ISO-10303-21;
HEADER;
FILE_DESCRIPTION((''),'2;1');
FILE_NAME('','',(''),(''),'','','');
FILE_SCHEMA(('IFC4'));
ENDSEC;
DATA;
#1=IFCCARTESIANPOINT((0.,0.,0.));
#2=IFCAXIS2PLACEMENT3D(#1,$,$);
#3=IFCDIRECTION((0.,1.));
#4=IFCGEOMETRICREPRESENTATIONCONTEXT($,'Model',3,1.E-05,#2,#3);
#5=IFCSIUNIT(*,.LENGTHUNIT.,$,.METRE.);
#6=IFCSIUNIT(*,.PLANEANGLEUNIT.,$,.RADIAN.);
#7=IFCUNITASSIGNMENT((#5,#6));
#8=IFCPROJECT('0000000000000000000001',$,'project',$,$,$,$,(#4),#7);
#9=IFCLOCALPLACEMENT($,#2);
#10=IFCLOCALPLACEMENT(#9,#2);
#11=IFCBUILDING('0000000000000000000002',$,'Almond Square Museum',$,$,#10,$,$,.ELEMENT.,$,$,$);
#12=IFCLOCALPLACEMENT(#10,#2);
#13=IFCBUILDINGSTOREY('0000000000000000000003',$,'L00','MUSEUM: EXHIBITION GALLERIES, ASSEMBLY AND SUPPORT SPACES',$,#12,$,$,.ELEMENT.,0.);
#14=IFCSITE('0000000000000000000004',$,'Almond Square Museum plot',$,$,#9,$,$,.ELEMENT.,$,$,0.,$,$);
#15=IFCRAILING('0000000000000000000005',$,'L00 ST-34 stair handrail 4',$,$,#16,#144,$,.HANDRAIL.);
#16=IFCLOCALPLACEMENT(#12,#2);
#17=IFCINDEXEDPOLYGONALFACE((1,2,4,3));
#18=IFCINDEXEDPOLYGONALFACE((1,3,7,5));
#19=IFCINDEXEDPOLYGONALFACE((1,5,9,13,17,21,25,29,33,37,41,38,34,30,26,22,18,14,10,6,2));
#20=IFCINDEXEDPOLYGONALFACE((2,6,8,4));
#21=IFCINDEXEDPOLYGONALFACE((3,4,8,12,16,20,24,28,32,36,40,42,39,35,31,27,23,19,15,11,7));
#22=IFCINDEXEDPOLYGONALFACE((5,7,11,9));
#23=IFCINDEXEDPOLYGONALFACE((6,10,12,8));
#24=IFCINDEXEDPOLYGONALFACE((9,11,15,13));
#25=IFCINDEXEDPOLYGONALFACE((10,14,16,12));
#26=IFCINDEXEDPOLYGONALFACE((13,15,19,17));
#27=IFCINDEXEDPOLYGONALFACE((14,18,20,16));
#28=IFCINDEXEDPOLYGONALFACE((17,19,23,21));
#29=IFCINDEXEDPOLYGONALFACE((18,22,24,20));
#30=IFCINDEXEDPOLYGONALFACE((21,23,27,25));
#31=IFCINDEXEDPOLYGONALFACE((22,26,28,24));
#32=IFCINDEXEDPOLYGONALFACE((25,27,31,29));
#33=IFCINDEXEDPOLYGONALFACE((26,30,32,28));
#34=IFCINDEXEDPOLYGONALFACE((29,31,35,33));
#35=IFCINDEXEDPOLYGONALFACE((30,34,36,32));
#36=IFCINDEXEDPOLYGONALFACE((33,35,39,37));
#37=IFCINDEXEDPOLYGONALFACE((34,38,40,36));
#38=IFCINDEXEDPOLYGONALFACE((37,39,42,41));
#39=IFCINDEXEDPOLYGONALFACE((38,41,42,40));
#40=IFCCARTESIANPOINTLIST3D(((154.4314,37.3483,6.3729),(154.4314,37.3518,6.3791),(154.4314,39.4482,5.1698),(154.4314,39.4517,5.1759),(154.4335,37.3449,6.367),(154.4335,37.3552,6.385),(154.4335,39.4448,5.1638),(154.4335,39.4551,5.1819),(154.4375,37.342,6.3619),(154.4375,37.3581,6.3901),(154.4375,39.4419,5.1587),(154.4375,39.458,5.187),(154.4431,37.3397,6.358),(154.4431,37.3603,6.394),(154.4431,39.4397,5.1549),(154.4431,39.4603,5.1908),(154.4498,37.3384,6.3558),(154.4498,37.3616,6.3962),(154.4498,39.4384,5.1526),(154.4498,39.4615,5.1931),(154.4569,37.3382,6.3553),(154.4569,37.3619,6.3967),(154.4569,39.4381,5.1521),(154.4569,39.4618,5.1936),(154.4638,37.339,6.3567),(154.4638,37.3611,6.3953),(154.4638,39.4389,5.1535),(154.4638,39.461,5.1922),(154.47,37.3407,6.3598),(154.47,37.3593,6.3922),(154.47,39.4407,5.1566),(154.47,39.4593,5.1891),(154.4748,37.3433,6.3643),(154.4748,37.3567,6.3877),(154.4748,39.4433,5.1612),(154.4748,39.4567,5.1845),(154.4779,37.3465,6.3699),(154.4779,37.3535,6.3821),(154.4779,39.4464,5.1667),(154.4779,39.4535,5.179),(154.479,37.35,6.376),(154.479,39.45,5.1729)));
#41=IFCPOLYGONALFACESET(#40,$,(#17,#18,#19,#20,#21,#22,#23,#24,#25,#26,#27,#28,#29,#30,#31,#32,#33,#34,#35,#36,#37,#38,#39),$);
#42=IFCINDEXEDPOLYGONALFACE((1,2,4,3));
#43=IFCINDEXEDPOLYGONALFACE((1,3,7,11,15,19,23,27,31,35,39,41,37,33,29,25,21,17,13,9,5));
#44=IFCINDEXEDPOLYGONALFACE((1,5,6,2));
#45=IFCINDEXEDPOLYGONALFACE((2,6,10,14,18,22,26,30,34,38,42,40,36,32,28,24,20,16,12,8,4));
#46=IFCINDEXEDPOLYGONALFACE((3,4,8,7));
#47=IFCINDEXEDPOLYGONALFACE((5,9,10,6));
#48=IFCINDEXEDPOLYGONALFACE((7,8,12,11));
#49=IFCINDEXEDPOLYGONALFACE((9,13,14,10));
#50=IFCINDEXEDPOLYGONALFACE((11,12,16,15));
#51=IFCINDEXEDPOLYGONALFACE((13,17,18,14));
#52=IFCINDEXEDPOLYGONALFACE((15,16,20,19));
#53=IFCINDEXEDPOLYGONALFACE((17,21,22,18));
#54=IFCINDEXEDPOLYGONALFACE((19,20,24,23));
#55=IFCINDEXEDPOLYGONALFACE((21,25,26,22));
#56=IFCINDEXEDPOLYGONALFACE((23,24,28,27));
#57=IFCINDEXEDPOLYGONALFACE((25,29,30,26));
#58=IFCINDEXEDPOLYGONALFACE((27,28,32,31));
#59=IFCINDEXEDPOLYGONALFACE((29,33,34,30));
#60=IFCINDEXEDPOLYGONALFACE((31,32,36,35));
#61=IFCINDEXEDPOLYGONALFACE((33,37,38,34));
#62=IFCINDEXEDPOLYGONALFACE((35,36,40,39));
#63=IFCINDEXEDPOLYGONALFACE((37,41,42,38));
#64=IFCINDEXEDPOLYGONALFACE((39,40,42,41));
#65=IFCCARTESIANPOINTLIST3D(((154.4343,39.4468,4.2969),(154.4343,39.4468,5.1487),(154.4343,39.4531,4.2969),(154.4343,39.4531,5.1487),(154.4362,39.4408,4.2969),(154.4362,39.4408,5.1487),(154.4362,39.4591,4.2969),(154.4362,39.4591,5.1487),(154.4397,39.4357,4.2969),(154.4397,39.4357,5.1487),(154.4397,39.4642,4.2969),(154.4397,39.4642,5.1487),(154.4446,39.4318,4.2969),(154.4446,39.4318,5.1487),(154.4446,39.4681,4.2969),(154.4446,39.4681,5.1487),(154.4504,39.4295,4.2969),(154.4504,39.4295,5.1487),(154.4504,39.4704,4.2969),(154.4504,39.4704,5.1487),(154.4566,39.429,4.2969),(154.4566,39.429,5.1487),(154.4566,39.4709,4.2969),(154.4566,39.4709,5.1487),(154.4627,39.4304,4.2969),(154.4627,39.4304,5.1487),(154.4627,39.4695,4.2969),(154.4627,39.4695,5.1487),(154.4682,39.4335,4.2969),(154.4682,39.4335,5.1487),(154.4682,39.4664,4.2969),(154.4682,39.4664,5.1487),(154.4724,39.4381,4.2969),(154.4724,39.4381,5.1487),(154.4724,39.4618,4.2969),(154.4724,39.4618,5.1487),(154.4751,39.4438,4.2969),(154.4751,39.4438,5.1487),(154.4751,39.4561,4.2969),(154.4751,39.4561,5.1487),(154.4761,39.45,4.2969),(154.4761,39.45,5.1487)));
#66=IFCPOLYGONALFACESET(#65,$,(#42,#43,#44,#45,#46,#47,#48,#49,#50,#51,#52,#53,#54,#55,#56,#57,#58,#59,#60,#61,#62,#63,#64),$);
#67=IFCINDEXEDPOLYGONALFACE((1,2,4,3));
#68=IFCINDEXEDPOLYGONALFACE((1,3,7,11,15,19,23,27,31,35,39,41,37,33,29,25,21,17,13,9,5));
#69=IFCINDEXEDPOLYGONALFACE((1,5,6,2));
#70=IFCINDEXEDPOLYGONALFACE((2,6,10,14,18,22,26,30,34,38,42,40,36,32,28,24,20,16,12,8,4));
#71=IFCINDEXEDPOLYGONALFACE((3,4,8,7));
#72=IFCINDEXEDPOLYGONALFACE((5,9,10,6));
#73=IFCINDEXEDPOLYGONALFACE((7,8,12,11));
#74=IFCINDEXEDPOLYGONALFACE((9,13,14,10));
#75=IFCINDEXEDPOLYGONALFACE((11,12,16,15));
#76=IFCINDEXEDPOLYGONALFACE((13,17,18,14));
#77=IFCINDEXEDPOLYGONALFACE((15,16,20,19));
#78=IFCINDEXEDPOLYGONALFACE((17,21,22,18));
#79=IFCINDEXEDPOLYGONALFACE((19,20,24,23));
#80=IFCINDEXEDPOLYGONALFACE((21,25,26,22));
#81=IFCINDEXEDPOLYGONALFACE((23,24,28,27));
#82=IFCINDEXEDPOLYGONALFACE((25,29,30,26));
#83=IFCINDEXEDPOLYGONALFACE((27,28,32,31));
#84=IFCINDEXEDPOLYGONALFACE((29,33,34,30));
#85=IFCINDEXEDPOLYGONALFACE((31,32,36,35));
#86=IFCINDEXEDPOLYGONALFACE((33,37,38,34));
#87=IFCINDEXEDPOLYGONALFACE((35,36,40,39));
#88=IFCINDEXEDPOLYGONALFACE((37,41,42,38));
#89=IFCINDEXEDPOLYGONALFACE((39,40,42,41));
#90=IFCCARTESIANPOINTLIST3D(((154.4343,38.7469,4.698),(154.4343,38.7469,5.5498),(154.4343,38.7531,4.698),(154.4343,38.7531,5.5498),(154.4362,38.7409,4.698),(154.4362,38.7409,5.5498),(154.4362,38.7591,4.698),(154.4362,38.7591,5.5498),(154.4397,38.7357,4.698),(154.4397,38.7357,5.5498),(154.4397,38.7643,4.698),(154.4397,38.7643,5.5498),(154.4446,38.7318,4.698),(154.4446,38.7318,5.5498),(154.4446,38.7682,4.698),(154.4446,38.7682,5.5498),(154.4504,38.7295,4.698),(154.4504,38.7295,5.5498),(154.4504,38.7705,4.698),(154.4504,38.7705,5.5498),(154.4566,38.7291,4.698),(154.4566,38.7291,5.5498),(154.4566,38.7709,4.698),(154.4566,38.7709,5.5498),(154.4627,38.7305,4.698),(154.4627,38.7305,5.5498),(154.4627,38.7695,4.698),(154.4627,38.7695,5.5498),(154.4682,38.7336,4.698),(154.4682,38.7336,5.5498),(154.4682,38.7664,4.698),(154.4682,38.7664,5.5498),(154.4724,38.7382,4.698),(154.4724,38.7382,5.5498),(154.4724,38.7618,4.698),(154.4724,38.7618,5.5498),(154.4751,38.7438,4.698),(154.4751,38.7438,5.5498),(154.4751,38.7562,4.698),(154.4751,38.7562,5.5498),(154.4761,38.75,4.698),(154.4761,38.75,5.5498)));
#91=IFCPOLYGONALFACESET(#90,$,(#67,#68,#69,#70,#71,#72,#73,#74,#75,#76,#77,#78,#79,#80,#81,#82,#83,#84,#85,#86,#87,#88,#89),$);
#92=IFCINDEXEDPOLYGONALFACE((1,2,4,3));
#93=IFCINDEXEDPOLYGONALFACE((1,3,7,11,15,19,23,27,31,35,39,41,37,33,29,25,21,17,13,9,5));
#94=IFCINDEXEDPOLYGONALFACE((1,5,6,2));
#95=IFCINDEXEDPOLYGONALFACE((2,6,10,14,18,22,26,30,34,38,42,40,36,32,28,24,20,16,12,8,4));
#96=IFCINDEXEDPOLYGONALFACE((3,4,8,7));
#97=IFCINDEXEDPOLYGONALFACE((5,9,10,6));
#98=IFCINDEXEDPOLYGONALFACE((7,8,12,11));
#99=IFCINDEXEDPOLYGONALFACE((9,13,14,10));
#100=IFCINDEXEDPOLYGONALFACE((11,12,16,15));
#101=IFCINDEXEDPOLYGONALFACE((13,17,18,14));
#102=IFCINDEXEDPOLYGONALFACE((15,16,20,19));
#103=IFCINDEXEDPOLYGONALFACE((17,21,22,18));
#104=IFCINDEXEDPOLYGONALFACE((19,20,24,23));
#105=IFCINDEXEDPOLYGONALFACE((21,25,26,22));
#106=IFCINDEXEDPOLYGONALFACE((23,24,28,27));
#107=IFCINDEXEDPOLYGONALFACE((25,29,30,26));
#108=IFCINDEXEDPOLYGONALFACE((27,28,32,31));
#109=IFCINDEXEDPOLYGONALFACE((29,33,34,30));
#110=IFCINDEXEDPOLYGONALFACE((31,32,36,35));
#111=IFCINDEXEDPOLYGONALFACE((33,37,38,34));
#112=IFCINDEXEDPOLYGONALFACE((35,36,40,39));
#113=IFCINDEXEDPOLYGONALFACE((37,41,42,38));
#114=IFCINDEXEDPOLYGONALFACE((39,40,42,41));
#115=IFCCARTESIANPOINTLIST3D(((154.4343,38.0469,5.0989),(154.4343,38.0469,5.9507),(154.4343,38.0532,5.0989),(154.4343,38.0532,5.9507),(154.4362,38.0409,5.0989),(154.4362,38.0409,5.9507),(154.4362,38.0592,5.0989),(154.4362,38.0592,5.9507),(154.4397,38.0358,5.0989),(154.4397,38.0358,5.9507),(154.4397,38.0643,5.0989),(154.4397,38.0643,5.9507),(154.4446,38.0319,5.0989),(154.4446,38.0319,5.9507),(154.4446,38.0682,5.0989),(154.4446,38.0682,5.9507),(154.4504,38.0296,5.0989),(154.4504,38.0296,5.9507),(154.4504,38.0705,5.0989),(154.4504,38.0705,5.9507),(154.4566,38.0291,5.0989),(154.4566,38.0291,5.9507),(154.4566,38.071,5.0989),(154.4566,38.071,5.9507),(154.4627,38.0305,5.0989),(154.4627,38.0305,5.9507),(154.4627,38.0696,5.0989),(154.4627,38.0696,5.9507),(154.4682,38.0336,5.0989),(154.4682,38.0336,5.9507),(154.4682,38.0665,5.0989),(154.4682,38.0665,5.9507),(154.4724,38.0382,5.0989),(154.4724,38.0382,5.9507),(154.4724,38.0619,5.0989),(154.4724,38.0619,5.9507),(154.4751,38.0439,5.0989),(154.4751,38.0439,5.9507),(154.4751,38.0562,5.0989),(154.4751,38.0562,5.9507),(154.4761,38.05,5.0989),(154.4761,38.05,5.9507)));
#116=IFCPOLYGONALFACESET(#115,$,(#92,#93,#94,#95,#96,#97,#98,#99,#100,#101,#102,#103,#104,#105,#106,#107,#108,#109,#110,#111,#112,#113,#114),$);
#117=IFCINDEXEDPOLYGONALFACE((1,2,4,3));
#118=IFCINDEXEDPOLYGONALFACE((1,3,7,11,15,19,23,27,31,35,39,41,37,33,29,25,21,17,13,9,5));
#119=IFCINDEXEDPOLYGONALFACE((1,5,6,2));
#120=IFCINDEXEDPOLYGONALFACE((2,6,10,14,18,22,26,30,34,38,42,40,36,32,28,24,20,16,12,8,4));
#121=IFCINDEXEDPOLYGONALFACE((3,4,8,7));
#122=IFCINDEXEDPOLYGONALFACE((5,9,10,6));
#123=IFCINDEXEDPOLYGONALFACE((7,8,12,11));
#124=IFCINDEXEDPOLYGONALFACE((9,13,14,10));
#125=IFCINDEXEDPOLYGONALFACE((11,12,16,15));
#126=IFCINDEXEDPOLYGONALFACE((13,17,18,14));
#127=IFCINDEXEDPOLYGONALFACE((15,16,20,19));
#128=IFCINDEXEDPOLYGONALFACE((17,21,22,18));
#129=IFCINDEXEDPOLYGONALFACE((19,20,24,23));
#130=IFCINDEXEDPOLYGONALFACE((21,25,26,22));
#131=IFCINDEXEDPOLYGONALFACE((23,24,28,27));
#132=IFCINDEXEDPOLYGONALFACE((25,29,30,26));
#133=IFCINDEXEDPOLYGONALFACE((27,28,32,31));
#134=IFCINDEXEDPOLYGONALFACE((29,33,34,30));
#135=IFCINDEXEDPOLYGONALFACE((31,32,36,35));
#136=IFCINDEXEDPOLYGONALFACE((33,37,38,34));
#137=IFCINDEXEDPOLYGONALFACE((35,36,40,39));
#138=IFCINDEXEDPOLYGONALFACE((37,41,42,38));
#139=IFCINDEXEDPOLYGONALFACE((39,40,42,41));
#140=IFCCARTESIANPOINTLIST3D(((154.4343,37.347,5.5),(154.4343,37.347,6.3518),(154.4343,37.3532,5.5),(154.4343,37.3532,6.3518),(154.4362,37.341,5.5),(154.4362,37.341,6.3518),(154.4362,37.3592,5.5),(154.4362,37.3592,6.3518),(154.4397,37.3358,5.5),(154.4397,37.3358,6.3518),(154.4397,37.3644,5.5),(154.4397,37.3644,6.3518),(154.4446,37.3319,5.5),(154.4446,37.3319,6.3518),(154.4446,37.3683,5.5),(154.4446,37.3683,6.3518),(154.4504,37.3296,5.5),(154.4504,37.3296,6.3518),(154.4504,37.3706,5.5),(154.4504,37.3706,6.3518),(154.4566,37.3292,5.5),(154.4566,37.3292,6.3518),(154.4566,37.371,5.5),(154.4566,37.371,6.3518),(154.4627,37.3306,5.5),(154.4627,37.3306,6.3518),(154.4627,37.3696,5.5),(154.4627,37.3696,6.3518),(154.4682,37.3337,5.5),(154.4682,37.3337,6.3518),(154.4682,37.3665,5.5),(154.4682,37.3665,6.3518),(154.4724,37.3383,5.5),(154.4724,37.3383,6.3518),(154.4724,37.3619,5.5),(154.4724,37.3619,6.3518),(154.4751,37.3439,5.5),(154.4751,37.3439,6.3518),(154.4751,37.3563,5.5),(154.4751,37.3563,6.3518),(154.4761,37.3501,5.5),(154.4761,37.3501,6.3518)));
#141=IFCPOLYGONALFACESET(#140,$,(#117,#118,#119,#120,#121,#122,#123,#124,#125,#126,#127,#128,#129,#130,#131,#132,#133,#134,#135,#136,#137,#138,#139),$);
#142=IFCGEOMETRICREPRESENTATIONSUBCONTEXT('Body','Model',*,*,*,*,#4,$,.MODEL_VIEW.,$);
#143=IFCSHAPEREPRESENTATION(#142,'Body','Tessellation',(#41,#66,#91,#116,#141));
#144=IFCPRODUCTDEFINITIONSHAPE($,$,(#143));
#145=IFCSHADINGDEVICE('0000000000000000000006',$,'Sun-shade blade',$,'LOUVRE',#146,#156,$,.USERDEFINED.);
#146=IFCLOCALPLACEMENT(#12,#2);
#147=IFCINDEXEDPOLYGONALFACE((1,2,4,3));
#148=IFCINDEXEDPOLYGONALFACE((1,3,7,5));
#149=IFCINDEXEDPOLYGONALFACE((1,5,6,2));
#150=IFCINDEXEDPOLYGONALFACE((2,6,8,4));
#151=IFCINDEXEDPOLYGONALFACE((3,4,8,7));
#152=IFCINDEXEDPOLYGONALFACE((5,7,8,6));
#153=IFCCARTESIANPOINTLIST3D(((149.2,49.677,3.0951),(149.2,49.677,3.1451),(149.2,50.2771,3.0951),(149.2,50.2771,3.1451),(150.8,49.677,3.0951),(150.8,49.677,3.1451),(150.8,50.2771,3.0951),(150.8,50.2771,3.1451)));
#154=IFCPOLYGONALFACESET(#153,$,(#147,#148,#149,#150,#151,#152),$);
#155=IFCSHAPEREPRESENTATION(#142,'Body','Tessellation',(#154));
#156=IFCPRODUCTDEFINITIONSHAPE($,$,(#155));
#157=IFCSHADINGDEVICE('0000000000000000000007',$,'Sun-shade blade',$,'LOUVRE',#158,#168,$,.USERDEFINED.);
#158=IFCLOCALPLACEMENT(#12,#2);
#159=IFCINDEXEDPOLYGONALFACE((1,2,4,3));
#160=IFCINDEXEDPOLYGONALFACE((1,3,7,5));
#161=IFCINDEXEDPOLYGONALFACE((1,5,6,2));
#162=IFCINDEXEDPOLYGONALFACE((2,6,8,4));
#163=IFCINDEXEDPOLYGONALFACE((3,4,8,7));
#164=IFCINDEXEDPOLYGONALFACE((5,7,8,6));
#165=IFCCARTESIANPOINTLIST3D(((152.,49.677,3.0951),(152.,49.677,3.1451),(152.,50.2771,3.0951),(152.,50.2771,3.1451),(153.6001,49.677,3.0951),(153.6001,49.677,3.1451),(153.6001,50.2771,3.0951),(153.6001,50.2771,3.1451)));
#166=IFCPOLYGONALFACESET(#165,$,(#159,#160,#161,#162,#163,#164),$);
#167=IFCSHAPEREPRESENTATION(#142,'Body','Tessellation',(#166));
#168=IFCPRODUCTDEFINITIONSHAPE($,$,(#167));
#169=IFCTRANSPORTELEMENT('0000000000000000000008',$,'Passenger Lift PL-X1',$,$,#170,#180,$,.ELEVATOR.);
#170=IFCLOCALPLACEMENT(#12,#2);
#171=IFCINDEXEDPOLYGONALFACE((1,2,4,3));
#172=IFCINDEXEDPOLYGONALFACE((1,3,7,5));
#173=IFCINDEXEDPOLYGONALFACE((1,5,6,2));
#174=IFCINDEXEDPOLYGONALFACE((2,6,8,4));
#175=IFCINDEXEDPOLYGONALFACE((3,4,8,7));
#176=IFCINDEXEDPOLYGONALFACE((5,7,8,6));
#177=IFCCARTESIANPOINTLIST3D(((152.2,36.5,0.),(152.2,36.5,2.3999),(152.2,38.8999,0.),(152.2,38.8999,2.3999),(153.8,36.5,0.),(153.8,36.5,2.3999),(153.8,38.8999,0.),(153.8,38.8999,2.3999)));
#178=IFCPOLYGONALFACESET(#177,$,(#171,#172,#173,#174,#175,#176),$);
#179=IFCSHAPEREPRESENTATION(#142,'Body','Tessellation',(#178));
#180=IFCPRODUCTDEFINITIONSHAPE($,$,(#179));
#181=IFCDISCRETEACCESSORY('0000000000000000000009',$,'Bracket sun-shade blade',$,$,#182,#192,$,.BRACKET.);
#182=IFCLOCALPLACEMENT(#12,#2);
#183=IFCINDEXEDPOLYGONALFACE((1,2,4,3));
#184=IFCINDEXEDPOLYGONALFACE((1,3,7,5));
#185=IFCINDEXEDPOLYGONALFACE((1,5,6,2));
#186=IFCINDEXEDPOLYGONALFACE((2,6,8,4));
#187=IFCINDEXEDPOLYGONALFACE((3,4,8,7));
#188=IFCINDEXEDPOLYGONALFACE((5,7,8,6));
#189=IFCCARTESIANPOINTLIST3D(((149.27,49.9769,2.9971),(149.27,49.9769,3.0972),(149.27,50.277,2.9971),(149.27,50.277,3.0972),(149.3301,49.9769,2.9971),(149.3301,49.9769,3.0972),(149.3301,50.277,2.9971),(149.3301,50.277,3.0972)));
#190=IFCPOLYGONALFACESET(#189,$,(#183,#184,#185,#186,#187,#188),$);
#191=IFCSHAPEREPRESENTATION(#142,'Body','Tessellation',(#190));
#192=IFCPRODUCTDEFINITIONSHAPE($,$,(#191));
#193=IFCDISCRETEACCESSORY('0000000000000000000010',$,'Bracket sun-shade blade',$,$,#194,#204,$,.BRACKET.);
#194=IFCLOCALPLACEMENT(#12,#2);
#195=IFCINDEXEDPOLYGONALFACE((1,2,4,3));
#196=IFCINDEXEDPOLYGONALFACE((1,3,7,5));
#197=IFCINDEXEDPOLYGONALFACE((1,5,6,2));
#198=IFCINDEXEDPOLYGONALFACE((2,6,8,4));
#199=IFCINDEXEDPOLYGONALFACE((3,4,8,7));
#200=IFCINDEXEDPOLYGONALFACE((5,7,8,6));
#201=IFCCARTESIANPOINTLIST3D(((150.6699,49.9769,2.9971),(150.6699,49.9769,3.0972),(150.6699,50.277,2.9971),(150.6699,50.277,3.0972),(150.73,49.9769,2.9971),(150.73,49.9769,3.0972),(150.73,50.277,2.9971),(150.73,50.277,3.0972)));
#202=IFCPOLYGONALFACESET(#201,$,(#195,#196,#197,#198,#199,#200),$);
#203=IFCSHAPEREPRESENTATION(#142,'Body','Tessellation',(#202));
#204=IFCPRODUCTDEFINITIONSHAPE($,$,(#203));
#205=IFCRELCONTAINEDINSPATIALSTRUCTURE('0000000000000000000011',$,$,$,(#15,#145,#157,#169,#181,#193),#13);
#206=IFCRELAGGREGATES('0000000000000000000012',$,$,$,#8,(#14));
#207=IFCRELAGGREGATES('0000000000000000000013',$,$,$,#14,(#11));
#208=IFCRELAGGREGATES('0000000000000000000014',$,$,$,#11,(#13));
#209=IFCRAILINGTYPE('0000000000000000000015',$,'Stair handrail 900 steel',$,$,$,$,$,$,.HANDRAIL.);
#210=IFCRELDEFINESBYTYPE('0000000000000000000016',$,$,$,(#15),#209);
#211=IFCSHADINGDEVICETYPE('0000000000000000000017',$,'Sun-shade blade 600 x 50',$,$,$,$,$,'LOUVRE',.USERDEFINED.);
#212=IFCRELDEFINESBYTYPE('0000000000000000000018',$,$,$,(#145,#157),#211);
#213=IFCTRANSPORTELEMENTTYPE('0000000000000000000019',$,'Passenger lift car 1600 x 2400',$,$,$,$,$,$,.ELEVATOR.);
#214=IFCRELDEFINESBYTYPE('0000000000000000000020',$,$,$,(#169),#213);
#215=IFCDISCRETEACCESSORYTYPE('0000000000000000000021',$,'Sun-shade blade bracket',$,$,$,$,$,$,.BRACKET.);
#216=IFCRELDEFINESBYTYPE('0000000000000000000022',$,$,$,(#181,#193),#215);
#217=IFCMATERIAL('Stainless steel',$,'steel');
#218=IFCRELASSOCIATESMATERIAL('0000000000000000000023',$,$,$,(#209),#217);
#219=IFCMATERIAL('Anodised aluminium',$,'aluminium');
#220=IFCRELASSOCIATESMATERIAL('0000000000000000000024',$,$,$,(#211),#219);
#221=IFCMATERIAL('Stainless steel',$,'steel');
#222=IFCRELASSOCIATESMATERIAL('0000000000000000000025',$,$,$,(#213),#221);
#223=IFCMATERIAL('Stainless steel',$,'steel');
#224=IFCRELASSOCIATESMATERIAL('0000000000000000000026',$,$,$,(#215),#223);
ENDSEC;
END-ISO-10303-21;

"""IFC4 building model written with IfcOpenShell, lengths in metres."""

from ifc_helpers import new_model, si_unit, direction, frame, origin, origin_2d, place, context, subcontext, project, spatial, rectangle, circle, extrude, material, material_profile, profile_set, type_object, element, save


model = new_model("IFC4")

# Units and contexts
model_context = context("Model", 3, precision=1e-05, world=origin(), true_north=direction((0.0, 1.0)))
body_context = subcontext(model_context, "Body", "Model", "MODEL_VIEW")
ifc_project = project(units=[si_unit("LENGTHUNIT", "METRE"), si_unit("PLANEANGLEUNIT", "RADIAN")], contexts=[model_context])

# Site, building, storey
site_placement = place(None, origin())
site = spatial("IfcSite", under=ifc_project, at=site_placement, Name="Almond Square Museum plot", CompositionType="ELEMENT", RefElevation=0.0)
building_placement = place(site_placement, origin())
building = spatial("IfcBuilding", under=site, at=building_placement, Name="Almond Square Museum", CompositionType="ELEMENT")
storey_placement = place(building_placement, origin())
storey = spatial("IfcBuildingStorey", under=building, at=storey_placement, Name="L00", Description="MUSEUM: EXHIBITION GALLERIES, ASSEMBLY AND SUPPORT SPACES", CompositionType="ELEMENT", Elevation=0.0)

# Railing
ifc_material_1 = material(Name="Stainless steel", Category="steel")
railing_type_1 = type_object("IfcRailingType", Name="Stair handrail 900 steel", PredefinedType="HANDRAIL", material=ifc_material_1)
for number, where, name in (
    (1, (154.4551, 39.45, 4.2969), "L00 ST-34 stair handrail 4"),
):
    element("IfcRailing", number, at=place(storey_placement, frame(where)), inside=storey, type_object=railing_type_1, Name=name, PredefinedType="HANDRAIL", context=body_context, shape_type="SweptSolid", body=[
        extrude(circle(Radius=0.0239, at=origin_2d()), frame((0.0, 0.0, 0.876), z_axis=(0.0, -0.867671, 0.497138), x_axis=(1.0, 0.0, 0.0)), (0.0, 0.0, 1.0), 2.4202),
        extrude(circle(Radius=0.021, at=origin_2d()), origin(), (0.0, 0.0, 1.0), 0.8518),
        extrude(circle(Radius=0.021, at=origin_2d()), frame((0.0, -0.7, 0.4011)), (0.0, 0.0, 1.0), 0.8518),
        extrude(circle(Radius=0.021, at=origin_2d()), frame((0.0, -1.3999, 0.802)), (0.0, 0.0, 1.0), 0.8518),
        extrude(circle(Radius=0.021, at=origin_2d()), frame((0.0, -2.0999, 1.2031)), (0.0, 0.0, 1.0), 0.8518),
    ])

# Shading devices
ifc_material_2 = material(Name="Anodised aluminium", Category="aluminium")
ifc_material_profile_1 = material_profile(ifc_material_2, rectangle(XDim=0.6001, YDim=0.05, at=origin_2d()))
ifc_profile_set_1 = profile_set([ifc_material_profile_1], Name="Anodised aluminium")
shading_device_type = type_object("IfcShadingDeviceType", Name="Sun-shade blade 600 x 50", ElementType="LOUVRE", PredefinedType="USERDEFINED", material=ifc_profile_set_1)
for number, where, z_axis, x_axis, name in (
    (2, (149.2, 49.9771, 3.1201), (1.0, 0.0, 0.0), (0.0, 1.0, 0.0), "Sun-shade blade"),
    (3, (152.0, 49.9771, 3.1201), (1.0, 0.0, 0.0), (0.0, 1.0, 0.0), "Sun-shade blade"),
):
    element("IfcShadingDevice", number, at=place(storey_placement, frame(where, z_axis=z_axis, x_axis=x_axis)), inside=storey, type_object=shading_device_type, Name=name, ObjectType="LOUVRE", PredefinedType="USERDEFINED", context=body_context, shape_type="SweptSolid", body=[
        extrude(rectangle(XDim=0.6001, YDim=0.05, at=origin_2d()), origin(), (0.0, 0.0, 1.0), 1.6001),
    ])

# Transport element
ifc_material_3 = material(Name="Stainless steel", Category="steel")
transport_element_type = type_object("IfcTransportElementType", Name="Passenger lift car 1600 x 2400", PredefinedType="ELEVATOR", material=ifc_material_3)
transport_element_placement = place(storey_placement, frame((153.0, 37.7, 0.0), z_axis=(0.0, 0.0, 1.0), x_axis=(1.0, 0.0, 0.0)))
element("IfcTransportElement", 4, at=transport_element_placement, inside=storey, type_object=transport_element_type, Name="Passenger Lift PL-X1", PredefinedType="ELEVATOR", context=body_context, shape_type="SweptSolid", body=[
    extrude(rectangle(XDim=1.6001, YDim=2.3999, at=origin_2d()), origin(), (0.0, 0.0, 1.0), 2.3999),
])

# Discrete accessories
ifc_material_4 = material(Name="Stainless steel", Category="steel")
discrete_accessory_type = type_object("IfcDiscreteAccessoryType", Name="Sun-shade blade bracket", PredefinedType="BRACKET", material=ifc_material_4)
for number, where, z_axis, x_axis, name in (
    (5, (149.3, 50.127, 2.9971), (0.0, 0.0, 1.0), (1.0, 0.0, 0.0), "Bracket sun-shade blade"),
    (6, (150.7, 50.127, 2.9971), (0.0, 0.0, 1.0), (1.0, 0.0, 0.0), "Bracket sun-shade blade"),
):
    element("IfcDiscreteAccessory", number, at=place(storey_placement, frame(where, z_axis=z_axis, x_axis=x_axis)), inside=storey, type_object=discrete_accessory_type, Name=name, PredefinedType="BRACKET", context=body_context, shape_type="SweptSolid", body=[
        extrude(rectangle(XDim=0.0601, YDim=0.3, at=origin_2d()), origin(), (0.0, 0.0, 1.0), 0.1001),
    ])

save(model, "model.ifc")
